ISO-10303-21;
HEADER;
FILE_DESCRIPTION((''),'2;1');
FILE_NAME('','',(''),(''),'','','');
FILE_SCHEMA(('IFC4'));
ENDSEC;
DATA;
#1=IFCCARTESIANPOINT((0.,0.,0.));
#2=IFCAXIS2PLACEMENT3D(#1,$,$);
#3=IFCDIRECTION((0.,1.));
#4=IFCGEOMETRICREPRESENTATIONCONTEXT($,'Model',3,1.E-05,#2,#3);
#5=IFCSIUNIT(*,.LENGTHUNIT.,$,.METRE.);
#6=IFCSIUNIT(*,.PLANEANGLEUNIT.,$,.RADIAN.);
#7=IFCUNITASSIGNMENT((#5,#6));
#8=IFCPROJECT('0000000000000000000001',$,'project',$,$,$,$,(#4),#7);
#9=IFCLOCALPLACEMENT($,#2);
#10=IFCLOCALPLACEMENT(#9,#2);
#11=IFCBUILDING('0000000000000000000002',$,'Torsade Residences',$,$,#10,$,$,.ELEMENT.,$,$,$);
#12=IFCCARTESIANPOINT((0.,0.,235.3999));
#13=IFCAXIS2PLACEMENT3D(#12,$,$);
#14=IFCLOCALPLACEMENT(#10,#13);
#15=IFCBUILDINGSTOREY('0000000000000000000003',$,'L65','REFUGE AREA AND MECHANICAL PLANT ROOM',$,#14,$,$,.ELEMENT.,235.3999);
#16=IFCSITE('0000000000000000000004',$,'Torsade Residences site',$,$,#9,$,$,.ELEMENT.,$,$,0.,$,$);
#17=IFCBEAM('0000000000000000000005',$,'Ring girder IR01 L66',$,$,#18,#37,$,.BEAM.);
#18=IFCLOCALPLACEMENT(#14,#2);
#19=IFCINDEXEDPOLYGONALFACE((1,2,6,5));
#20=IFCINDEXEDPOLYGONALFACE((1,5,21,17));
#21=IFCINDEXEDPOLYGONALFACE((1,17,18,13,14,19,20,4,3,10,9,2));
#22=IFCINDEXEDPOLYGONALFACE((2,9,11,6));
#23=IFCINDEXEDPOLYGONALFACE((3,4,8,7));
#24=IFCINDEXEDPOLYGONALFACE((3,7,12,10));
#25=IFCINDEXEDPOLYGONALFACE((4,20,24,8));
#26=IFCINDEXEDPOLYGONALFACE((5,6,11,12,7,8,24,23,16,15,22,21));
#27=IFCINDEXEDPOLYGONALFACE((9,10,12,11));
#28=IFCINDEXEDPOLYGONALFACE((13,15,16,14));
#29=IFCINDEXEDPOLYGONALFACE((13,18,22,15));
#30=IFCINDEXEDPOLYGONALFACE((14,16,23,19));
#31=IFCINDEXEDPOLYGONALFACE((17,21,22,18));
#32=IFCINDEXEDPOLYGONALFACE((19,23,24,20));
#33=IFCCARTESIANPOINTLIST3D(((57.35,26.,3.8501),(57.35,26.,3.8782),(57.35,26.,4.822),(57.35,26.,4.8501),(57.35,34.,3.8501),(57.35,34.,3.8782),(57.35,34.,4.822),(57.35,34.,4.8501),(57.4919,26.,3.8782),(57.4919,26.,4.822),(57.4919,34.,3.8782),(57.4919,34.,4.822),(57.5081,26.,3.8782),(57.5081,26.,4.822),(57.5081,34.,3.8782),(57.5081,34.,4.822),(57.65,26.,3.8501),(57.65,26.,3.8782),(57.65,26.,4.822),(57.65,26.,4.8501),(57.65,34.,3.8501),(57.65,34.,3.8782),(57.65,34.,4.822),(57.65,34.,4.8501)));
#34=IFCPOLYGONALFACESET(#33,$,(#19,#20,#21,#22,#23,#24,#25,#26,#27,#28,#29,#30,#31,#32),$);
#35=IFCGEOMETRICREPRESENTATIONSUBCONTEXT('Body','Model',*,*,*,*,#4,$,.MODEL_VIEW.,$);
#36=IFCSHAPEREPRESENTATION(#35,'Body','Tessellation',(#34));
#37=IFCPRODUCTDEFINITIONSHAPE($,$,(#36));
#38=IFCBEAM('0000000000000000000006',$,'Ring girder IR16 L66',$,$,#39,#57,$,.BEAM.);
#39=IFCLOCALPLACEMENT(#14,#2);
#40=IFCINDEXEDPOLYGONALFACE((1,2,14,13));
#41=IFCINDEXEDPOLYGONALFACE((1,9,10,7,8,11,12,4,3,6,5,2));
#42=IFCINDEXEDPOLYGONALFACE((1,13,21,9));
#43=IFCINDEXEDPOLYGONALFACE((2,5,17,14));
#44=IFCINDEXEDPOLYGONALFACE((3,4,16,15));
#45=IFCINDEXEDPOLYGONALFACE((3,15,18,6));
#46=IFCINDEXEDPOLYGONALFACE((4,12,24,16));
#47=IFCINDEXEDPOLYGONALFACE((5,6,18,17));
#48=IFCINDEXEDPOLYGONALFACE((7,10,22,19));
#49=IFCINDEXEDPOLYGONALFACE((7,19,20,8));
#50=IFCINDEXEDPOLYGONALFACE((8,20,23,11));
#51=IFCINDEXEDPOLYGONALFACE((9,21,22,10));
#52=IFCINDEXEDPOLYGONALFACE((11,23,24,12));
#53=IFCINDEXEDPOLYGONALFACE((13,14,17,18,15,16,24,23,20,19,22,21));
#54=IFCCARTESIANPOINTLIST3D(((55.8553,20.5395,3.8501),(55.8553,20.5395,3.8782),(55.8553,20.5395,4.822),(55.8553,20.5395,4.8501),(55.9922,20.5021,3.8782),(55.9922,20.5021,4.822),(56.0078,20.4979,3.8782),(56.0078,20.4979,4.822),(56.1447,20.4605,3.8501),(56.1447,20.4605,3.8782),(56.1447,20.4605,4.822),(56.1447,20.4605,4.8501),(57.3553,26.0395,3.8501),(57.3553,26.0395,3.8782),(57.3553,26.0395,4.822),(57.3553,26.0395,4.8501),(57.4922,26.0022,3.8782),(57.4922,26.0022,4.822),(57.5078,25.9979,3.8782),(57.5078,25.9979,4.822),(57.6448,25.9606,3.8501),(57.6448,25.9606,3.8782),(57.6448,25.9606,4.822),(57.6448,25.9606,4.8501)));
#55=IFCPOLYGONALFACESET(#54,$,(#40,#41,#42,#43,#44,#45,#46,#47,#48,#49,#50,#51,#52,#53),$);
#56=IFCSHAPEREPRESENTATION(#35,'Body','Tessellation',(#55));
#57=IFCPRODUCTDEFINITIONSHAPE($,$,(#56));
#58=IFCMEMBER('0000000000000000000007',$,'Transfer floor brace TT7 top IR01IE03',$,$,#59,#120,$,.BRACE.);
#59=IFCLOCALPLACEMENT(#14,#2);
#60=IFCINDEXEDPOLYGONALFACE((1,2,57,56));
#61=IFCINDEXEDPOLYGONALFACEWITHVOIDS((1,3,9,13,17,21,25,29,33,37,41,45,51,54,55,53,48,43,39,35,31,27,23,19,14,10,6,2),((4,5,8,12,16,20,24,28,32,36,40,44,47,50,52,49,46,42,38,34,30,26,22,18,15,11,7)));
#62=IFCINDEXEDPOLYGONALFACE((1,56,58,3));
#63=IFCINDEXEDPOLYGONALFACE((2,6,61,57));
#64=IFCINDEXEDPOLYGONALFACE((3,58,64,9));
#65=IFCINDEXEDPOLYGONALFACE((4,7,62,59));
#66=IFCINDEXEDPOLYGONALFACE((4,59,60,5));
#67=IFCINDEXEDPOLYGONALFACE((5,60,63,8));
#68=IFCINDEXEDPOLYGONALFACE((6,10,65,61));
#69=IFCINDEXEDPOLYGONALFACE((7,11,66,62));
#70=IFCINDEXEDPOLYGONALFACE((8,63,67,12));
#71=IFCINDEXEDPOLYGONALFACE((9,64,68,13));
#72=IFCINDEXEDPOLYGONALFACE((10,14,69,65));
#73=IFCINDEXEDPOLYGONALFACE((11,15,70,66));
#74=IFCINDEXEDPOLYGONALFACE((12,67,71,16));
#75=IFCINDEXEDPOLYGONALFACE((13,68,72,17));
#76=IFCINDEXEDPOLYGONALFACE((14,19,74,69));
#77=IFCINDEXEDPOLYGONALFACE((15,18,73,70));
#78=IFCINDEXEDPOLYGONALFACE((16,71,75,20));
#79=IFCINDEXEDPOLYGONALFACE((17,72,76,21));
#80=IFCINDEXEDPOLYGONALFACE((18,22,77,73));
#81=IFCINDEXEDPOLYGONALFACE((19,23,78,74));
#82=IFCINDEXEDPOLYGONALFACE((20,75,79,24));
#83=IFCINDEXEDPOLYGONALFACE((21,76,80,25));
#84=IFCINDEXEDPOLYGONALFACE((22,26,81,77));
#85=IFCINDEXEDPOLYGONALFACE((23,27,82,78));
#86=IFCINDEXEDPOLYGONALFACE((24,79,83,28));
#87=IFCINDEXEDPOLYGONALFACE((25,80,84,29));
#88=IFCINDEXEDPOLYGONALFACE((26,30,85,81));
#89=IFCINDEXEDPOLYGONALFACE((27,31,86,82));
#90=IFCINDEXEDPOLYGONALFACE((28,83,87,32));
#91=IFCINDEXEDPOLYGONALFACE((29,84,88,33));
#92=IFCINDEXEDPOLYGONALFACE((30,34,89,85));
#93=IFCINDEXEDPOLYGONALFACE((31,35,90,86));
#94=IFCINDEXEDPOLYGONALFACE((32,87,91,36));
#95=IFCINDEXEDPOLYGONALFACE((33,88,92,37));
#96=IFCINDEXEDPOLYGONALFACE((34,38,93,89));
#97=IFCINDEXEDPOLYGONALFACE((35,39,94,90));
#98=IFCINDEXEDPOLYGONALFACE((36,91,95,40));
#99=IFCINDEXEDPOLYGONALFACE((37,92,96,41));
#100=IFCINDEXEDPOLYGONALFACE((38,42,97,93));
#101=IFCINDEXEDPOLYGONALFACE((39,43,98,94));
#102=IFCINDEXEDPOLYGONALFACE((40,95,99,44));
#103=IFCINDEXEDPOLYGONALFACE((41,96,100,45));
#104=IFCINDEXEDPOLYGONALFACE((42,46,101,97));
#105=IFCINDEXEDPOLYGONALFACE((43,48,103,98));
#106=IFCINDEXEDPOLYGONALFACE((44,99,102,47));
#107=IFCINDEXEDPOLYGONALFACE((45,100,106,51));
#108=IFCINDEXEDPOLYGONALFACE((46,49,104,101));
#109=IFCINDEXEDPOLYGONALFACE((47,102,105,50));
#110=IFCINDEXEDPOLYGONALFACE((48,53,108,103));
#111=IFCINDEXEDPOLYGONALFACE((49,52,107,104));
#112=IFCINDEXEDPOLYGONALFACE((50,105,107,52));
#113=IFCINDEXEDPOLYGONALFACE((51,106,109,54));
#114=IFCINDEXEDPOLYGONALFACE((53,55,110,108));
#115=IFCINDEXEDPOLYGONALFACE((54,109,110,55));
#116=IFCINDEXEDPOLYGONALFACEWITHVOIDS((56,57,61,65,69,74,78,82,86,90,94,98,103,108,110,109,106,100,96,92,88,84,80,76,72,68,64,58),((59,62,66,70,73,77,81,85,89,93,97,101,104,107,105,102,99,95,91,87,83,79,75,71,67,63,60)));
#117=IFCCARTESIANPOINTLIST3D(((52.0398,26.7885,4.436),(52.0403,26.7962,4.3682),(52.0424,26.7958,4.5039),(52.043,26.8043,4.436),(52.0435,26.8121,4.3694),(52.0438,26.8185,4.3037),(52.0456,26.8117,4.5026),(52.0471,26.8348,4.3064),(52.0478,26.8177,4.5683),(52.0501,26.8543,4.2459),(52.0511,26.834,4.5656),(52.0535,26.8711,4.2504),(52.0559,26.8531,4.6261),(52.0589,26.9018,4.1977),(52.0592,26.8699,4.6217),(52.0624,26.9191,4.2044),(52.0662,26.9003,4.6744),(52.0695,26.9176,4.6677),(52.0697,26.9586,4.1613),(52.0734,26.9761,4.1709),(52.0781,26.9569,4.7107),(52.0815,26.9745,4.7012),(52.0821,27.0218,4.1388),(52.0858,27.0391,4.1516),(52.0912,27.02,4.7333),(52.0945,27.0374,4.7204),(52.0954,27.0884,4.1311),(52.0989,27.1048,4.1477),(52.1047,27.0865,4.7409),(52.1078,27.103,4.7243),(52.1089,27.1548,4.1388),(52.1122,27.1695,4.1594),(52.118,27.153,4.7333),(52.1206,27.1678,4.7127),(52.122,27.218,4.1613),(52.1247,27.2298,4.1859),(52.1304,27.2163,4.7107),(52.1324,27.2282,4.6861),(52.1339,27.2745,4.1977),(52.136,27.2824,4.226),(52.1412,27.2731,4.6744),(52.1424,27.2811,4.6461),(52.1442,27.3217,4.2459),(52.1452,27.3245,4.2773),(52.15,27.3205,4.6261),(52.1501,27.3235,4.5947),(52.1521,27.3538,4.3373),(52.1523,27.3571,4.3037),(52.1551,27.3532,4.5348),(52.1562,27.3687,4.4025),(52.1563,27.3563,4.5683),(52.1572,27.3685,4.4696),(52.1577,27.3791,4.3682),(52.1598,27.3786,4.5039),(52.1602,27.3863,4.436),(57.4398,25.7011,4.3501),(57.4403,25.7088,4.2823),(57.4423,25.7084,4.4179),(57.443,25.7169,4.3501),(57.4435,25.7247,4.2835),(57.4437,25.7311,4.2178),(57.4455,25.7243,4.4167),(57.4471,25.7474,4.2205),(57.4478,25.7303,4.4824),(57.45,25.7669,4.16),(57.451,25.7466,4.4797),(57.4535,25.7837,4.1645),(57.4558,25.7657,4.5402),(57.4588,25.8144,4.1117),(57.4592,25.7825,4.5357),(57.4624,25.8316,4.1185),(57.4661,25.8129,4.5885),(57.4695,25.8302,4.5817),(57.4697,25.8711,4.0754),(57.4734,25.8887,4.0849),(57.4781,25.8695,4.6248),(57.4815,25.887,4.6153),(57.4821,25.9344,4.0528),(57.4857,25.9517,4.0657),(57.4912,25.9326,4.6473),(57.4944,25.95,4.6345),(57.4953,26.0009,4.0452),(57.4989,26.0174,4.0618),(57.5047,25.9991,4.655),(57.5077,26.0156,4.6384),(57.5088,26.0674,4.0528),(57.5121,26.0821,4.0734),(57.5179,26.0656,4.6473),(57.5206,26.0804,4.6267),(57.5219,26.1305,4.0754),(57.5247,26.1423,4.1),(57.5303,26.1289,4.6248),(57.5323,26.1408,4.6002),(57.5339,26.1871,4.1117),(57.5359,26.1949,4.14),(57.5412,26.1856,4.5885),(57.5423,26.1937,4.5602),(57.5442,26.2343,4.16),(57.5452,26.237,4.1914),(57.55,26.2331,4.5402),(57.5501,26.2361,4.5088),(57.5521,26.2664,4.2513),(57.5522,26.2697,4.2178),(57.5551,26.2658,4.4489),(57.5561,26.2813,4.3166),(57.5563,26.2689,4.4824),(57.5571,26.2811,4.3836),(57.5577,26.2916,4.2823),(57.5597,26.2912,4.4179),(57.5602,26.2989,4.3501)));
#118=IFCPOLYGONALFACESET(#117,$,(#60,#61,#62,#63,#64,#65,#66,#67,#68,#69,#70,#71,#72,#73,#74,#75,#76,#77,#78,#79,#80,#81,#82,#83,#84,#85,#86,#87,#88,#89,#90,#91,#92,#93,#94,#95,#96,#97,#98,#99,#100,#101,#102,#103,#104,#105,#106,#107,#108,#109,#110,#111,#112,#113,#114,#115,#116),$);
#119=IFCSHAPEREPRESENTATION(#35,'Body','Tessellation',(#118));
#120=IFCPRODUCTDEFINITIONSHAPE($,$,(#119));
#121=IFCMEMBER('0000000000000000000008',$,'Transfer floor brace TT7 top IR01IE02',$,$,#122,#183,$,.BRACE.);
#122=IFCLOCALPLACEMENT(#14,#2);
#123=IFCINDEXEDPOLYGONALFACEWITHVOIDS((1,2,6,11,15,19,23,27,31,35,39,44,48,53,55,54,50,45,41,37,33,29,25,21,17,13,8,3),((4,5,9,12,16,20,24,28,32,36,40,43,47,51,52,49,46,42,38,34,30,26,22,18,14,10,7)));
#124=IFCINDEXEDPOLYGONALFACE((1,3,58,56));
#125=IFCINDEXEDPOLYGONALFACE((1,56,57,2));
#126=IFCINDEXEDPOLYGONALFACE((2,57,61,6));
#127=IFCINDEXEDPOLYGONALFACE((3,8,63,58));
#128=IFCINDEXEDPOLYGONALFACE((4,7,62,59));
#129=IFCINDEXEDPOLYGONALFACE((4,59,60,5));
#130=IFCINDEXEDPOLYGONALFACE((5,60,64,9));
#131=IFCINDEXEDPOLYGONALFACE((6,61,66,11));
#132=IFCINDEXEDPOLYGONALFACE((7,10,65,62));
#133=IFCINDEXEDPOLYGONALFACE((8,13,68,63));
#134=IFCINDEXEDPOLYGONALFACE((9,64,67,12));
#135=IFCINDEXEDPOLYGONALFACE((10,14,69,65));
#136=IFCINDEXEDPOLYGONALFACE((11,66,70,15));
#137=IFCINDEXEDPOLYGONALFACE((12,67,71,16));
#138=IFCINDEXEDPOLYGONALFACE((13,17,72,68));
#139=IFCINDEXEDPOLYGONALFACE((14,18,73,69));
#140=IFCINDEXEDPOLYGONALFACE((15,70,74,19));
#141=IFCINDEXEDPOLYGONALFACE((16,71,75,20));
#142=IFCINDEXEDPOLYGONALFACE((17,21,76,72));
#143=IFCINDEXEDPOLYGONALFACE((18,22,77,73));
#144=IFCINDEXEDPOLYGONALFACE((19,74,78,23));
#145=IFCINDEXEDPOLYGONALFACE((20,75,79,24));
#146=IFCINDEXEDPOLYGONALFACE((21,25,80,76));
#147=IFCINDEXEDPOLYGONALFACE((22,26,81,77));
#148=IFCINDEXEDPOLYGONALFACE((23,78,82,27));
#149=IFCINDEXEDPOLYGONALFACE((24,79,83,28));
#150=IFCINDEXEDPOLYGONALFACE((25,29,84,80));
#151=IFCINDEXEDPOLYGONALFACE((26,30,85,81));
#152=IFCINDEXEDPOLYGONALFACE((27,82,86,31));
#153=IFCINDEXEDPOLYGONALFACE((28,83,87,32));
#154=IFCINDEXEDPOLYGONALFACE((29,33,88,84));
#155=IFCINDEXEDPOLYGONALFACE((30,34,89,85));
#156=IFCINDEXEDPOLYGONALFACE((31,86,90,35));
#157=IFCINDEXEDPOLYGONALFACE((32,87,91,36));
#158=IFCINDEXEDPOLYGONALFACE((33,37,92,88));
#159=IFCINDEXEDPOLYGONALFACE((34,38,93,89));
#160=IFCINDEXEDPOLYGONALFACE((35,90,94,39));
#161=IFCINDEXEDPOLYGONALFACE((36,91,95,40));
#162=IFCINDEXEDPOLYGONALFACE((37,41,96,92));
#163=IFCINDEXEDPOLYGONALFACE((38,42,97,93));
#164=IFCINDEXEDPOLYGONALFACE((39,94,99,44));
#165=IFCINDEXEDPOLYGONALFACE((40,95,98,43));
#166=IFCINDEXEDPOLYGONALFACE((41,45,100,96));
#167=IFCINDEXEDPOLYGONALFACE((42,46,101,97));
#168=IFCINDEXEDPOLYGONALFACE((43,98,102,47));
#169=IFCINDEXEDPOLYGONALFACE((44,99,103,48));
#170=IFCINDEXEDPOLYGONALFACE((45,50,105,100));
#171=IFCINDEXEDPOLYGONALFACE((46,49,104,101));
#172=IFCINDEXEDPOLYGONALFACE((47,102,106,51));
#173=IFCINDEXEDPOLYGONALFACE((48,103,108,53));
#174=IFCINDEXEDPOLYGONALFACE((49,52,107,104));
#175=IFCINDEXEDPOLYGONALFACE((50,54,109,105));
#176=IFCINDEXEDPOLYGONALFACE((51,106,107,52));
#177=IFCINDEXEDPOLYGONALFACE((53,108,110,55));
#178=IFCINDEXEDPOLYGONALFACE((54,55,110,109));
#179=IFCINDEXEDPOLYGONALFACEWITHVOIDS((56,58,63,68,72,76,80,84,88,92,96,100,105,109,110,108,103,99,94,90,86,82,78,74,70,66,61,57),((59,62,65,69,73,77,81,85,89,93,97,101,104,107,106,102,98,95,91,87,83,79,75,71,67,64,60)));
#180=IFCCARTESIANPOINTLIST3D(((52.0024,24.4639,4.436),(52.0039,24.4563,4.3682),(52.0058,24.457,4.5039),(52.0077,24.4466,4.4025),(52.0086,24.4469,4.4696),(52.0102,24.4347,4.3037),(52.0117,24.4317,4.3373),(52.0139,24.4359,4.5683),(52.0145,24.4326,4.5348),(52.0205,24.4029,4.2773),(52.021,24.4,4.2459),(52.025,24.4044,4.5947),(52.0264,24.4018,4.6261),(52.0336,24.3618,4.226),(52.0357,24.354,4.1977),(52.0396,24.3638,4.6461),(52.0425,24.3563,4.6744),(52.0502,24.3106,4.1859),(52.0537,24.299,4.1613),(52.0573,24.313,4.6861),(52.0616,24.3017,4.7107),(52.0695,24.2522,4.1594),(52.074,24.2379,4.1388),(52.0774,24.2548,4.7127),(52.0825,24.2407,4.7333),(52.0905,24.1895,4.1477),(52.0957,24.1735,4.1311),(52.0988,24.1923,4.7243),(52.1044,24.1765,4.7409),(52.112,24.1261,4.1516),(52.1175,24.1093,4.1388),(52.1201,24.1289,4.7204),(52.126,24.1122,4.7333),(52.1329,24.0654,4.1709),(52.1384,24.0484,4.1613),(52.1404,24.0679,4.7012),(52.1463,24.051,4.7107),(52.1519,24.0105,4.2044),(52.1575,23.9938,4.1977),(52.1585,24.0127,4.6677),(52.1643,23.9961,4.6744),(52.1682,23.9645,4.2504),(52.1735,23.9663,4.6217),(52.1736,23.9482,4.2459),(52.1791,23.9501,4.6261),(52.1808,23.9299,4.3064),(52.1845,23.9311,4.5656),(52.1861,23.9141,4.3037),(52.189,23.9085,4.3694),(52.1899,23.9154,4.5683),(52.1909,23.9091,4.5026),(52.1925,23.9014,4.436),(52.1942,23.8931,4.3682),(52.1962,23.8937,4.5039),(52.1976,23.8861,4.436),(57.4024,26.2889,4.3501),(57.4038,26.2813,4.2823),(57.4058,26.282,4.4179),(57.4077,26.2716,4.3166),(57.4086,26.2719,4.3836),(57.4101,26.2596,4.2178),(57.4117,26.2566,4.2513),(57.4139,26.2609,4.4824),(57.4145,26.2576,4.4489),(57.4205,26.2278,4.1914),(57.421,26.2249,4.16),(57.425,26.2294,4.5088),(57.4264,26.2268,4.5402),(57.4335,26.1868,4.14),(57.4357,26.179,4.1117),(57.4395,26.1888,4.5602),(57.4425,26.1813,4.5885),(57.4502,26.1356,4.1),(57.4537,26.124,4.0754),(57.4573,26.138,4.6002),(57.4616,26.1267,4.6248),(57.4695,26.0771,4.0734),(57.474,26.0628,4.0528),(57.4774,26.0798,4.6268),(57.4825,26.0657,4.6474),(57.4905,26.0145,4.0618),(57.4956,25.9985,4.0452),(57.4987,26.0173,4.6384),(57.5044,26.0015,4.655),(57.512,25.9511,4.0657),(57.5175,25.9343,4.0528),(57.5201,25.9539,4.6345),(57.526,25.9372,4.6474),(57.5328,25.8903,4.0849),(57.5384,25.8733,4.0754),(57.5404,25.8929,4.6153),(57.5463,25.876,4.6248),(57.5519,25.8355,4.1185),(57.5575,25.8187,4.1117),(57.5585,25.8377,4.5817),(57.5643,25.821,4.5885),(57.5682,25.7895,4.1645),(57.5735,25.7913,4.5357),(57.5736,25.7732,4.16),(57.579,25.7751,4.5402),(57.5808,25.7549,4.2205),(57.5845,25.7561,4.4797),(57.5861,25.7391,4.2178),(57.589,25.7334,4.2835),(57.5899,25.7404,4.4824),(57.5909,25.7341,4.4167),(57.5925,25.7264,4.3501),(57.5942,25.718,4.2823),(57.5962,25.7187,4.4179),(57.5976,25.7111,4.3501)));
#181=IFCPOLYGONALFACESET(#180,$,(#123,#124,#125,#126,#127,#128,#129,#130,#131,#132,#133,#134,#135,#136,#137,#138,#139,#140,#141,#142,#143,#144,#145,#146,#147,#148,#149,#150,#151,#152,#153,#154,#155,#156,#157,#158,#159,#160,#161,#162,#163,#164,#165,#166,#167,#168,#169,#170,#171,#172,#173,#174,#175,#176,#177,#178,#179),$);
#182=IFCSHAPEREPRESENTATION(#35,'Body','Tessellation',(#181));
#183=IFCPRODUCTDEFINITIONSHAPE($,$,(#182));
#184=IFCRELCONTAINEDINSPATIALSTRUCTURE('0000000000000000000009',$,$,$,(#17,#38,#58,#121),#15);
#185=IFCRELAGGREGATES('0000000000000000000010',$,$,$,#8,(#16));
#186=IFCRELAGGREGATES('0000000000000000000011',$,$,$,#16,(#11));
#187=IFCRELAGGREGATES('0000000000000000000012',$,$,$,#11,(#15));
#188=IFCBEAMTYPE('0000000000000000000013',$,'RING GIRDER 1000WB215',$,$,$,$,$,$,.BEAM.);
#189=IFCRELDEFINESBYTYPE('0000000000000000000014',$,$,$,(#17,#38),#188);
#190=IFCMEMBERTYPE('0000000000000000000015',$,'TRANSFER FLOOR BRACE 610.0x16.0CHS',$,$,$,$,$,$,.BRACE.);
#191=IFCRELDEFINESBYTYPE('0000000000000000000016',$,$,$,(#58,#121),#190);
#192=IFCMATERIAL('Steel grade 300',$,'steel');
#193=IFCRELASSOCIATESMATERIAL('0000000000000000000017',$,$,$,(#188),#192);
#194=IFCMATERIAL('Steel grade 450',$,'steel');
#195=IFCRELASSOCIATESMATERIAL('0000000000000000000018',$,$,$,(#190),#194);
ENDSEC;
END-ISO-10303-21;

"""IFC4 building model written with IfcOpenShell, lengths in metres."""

from ifc_helpers import new_model, si_unit, direction, frame, origin, origin_2d, place, context, subcontext, project, spatial, hollow_circle, i_section, extrude, material, material_profile, profile_set, type_object, element, save


model = new_model("IFC4")

# Units and contexts
model_context = context("Model", 3, precision=1e-05, world=origin(), true_north=direction((0.0, 1.0)))
body_context = subcontext(model_context, "Body", "Model", "MODEL_VIEW")
ifc_project = project(units=[si_unit("LENGTHUNIT", "METRE"), si_unit("PLANEANGLEUNIT", "RADIAN")], contexts=[model_context])

# Site, building, storey
site_placement = place(None, origin())
site = spatial("IfcSite", under=ifc_project, at=site_placement, Name="Torsade Residences site", CompositionType="ELEMENT", RefElevation=0.0)
building_placement = place(site_placement, origin())
building = spatial("IfcBuilding", under=site, at=building_placement, Name="Torsade Residences", CompositionType="ELEMENT")
storey_placement = place(building_placement, frame((0.0, 0.0, 235.3999)))
storey = spatial("IfcBuildingStorey", under=building, at=storey_placement, Name="L65", Description="REFUGE AREA AND MECHANICAL PLANT ROOM", CompositionType="ELEMENT", Elevation=235.3999)

# Beams
ifc_material_1 = material(Name="Steel grade 300", Category="steel")
ifc_material_profile_1 = material_profile(ifc_material_1, i_section(OverallWidth=0.3, OverallDepth=1.0, WebThickness=0.0161, FlangeThickness=0.0281, at=origin_2d()), Name="1000WB215")
ifc_profile_set_1 = profile_set([ifc_material_profile_1], Name="Steel grade 300")
beam_type_1 = type_object("IfcBeamType", Name="RING GIRDER 1000WB215", PredefinedType="BEAM", material=ifc_profile_set_1)
beam_1_placement = place(storey_placement, frame((57.5, 26.0, 4.3501), z_axis=(0.0, 1.0, 0.0), x_axis=(-1.0, 0.0, 0.0)))
element("IfcBeam", 1, at=beam_1_placement, inside=storey, type_object=beam_type_1, Name="Ring girder IR01 L66", PredefinedType="BEAM", context=body_context, shape_type="SweptSolid", body=[
    extrude(i_section(OverallWidth=0.3, OverallDepth=1.0, WebThickness=0.0161, FlangeThickness=0.0281, at=origin_2d()), origin(), (0.0, 0.0, 1.0), 8.0),
])
beam_2_placement = place(storey_placement, frame((56.0, 20.5, 4.3501), z_axis=(0.263117, 0.964764, 0.0), x_axis=(-0.964764, 0.263117, 0.0)))
element("IfcBeam", 2, at=beam_2_placement, inside=storey, type_object=beam_type_1, Name="Ring girder IR16 L66", PredefinedType="BEAM", context=body_context, shape_type="SweptSolid", body=[
    extrude(i_section(OverallWidth=0.3, OverallDepth=1.0, WebThickness=0.0161, FlangeThickness=0.0281, at=origin_2d()), origin(), (0.0, 0.0, 1.0), 5.7009),
])

# Members
ifc_material_2 = material(Name="Steel grade 450", Category="steel")
ifc_material_profile_2 = material_profile(ifc_material_2, hollow_circle(Radius=0.3049, WallThickness=0.0161, at=origin_2d()), Name="610.0x16.0CHS")
ifc_profile_set_2 = profile_set([ifc_material_profile_2], Name="Steel grade 450")
member_type_1 = type_object("IfcMemberType", Name="TRANSFER FLOOR BRACE 610.0x16.0CHS", PredefinedType="BRACE", material=ifc_profile_set_2)
member_1_placement = place(storey_placement, frame((57.5, 26.0, 4.3501), z_axis=(-0.980201, 0.197388, 0.0156), x_axis=(-0.197412, -0.980321, 0.0)))
element("IfcMember", 3, at=member_1_placement, inside=storey, type_object=member_type_1, Name="Transfer floor brace TT7 top IR01IE03", PredefinedType="BRACE", context=body_context, shape_type="SweptSolid", body=[
    extrude(hollow_circle(Radius=0.3049, WallThickness=0.0161, at=origin_2d()), origin(), (0.0, 0.0, 1.0), 5.509),
])
member_2_placement = place(storey_placement, frame((57.5, 26.0, 4.3501), z_axis=(-0.947252, -0.320133, 0.015075), x_axis=(0.32017, -0.94736, 0.0)))
element("IfcMember", 4, at=member_2_placement, inside=storey, type_object=member_type_1, Name="Transfer floor brace TT7 top IR01IE02", PredefinedType="BRACE", context=body_context, shape_type="SweptSolid", body=[
    extrude(hollow_circle(Radius=0.3049, WallThickness=0.0161, at=origin_2d()), origin(), (0.0, 0.0, 1.0), 5.7007),
])

save(model, "model.ifc")
